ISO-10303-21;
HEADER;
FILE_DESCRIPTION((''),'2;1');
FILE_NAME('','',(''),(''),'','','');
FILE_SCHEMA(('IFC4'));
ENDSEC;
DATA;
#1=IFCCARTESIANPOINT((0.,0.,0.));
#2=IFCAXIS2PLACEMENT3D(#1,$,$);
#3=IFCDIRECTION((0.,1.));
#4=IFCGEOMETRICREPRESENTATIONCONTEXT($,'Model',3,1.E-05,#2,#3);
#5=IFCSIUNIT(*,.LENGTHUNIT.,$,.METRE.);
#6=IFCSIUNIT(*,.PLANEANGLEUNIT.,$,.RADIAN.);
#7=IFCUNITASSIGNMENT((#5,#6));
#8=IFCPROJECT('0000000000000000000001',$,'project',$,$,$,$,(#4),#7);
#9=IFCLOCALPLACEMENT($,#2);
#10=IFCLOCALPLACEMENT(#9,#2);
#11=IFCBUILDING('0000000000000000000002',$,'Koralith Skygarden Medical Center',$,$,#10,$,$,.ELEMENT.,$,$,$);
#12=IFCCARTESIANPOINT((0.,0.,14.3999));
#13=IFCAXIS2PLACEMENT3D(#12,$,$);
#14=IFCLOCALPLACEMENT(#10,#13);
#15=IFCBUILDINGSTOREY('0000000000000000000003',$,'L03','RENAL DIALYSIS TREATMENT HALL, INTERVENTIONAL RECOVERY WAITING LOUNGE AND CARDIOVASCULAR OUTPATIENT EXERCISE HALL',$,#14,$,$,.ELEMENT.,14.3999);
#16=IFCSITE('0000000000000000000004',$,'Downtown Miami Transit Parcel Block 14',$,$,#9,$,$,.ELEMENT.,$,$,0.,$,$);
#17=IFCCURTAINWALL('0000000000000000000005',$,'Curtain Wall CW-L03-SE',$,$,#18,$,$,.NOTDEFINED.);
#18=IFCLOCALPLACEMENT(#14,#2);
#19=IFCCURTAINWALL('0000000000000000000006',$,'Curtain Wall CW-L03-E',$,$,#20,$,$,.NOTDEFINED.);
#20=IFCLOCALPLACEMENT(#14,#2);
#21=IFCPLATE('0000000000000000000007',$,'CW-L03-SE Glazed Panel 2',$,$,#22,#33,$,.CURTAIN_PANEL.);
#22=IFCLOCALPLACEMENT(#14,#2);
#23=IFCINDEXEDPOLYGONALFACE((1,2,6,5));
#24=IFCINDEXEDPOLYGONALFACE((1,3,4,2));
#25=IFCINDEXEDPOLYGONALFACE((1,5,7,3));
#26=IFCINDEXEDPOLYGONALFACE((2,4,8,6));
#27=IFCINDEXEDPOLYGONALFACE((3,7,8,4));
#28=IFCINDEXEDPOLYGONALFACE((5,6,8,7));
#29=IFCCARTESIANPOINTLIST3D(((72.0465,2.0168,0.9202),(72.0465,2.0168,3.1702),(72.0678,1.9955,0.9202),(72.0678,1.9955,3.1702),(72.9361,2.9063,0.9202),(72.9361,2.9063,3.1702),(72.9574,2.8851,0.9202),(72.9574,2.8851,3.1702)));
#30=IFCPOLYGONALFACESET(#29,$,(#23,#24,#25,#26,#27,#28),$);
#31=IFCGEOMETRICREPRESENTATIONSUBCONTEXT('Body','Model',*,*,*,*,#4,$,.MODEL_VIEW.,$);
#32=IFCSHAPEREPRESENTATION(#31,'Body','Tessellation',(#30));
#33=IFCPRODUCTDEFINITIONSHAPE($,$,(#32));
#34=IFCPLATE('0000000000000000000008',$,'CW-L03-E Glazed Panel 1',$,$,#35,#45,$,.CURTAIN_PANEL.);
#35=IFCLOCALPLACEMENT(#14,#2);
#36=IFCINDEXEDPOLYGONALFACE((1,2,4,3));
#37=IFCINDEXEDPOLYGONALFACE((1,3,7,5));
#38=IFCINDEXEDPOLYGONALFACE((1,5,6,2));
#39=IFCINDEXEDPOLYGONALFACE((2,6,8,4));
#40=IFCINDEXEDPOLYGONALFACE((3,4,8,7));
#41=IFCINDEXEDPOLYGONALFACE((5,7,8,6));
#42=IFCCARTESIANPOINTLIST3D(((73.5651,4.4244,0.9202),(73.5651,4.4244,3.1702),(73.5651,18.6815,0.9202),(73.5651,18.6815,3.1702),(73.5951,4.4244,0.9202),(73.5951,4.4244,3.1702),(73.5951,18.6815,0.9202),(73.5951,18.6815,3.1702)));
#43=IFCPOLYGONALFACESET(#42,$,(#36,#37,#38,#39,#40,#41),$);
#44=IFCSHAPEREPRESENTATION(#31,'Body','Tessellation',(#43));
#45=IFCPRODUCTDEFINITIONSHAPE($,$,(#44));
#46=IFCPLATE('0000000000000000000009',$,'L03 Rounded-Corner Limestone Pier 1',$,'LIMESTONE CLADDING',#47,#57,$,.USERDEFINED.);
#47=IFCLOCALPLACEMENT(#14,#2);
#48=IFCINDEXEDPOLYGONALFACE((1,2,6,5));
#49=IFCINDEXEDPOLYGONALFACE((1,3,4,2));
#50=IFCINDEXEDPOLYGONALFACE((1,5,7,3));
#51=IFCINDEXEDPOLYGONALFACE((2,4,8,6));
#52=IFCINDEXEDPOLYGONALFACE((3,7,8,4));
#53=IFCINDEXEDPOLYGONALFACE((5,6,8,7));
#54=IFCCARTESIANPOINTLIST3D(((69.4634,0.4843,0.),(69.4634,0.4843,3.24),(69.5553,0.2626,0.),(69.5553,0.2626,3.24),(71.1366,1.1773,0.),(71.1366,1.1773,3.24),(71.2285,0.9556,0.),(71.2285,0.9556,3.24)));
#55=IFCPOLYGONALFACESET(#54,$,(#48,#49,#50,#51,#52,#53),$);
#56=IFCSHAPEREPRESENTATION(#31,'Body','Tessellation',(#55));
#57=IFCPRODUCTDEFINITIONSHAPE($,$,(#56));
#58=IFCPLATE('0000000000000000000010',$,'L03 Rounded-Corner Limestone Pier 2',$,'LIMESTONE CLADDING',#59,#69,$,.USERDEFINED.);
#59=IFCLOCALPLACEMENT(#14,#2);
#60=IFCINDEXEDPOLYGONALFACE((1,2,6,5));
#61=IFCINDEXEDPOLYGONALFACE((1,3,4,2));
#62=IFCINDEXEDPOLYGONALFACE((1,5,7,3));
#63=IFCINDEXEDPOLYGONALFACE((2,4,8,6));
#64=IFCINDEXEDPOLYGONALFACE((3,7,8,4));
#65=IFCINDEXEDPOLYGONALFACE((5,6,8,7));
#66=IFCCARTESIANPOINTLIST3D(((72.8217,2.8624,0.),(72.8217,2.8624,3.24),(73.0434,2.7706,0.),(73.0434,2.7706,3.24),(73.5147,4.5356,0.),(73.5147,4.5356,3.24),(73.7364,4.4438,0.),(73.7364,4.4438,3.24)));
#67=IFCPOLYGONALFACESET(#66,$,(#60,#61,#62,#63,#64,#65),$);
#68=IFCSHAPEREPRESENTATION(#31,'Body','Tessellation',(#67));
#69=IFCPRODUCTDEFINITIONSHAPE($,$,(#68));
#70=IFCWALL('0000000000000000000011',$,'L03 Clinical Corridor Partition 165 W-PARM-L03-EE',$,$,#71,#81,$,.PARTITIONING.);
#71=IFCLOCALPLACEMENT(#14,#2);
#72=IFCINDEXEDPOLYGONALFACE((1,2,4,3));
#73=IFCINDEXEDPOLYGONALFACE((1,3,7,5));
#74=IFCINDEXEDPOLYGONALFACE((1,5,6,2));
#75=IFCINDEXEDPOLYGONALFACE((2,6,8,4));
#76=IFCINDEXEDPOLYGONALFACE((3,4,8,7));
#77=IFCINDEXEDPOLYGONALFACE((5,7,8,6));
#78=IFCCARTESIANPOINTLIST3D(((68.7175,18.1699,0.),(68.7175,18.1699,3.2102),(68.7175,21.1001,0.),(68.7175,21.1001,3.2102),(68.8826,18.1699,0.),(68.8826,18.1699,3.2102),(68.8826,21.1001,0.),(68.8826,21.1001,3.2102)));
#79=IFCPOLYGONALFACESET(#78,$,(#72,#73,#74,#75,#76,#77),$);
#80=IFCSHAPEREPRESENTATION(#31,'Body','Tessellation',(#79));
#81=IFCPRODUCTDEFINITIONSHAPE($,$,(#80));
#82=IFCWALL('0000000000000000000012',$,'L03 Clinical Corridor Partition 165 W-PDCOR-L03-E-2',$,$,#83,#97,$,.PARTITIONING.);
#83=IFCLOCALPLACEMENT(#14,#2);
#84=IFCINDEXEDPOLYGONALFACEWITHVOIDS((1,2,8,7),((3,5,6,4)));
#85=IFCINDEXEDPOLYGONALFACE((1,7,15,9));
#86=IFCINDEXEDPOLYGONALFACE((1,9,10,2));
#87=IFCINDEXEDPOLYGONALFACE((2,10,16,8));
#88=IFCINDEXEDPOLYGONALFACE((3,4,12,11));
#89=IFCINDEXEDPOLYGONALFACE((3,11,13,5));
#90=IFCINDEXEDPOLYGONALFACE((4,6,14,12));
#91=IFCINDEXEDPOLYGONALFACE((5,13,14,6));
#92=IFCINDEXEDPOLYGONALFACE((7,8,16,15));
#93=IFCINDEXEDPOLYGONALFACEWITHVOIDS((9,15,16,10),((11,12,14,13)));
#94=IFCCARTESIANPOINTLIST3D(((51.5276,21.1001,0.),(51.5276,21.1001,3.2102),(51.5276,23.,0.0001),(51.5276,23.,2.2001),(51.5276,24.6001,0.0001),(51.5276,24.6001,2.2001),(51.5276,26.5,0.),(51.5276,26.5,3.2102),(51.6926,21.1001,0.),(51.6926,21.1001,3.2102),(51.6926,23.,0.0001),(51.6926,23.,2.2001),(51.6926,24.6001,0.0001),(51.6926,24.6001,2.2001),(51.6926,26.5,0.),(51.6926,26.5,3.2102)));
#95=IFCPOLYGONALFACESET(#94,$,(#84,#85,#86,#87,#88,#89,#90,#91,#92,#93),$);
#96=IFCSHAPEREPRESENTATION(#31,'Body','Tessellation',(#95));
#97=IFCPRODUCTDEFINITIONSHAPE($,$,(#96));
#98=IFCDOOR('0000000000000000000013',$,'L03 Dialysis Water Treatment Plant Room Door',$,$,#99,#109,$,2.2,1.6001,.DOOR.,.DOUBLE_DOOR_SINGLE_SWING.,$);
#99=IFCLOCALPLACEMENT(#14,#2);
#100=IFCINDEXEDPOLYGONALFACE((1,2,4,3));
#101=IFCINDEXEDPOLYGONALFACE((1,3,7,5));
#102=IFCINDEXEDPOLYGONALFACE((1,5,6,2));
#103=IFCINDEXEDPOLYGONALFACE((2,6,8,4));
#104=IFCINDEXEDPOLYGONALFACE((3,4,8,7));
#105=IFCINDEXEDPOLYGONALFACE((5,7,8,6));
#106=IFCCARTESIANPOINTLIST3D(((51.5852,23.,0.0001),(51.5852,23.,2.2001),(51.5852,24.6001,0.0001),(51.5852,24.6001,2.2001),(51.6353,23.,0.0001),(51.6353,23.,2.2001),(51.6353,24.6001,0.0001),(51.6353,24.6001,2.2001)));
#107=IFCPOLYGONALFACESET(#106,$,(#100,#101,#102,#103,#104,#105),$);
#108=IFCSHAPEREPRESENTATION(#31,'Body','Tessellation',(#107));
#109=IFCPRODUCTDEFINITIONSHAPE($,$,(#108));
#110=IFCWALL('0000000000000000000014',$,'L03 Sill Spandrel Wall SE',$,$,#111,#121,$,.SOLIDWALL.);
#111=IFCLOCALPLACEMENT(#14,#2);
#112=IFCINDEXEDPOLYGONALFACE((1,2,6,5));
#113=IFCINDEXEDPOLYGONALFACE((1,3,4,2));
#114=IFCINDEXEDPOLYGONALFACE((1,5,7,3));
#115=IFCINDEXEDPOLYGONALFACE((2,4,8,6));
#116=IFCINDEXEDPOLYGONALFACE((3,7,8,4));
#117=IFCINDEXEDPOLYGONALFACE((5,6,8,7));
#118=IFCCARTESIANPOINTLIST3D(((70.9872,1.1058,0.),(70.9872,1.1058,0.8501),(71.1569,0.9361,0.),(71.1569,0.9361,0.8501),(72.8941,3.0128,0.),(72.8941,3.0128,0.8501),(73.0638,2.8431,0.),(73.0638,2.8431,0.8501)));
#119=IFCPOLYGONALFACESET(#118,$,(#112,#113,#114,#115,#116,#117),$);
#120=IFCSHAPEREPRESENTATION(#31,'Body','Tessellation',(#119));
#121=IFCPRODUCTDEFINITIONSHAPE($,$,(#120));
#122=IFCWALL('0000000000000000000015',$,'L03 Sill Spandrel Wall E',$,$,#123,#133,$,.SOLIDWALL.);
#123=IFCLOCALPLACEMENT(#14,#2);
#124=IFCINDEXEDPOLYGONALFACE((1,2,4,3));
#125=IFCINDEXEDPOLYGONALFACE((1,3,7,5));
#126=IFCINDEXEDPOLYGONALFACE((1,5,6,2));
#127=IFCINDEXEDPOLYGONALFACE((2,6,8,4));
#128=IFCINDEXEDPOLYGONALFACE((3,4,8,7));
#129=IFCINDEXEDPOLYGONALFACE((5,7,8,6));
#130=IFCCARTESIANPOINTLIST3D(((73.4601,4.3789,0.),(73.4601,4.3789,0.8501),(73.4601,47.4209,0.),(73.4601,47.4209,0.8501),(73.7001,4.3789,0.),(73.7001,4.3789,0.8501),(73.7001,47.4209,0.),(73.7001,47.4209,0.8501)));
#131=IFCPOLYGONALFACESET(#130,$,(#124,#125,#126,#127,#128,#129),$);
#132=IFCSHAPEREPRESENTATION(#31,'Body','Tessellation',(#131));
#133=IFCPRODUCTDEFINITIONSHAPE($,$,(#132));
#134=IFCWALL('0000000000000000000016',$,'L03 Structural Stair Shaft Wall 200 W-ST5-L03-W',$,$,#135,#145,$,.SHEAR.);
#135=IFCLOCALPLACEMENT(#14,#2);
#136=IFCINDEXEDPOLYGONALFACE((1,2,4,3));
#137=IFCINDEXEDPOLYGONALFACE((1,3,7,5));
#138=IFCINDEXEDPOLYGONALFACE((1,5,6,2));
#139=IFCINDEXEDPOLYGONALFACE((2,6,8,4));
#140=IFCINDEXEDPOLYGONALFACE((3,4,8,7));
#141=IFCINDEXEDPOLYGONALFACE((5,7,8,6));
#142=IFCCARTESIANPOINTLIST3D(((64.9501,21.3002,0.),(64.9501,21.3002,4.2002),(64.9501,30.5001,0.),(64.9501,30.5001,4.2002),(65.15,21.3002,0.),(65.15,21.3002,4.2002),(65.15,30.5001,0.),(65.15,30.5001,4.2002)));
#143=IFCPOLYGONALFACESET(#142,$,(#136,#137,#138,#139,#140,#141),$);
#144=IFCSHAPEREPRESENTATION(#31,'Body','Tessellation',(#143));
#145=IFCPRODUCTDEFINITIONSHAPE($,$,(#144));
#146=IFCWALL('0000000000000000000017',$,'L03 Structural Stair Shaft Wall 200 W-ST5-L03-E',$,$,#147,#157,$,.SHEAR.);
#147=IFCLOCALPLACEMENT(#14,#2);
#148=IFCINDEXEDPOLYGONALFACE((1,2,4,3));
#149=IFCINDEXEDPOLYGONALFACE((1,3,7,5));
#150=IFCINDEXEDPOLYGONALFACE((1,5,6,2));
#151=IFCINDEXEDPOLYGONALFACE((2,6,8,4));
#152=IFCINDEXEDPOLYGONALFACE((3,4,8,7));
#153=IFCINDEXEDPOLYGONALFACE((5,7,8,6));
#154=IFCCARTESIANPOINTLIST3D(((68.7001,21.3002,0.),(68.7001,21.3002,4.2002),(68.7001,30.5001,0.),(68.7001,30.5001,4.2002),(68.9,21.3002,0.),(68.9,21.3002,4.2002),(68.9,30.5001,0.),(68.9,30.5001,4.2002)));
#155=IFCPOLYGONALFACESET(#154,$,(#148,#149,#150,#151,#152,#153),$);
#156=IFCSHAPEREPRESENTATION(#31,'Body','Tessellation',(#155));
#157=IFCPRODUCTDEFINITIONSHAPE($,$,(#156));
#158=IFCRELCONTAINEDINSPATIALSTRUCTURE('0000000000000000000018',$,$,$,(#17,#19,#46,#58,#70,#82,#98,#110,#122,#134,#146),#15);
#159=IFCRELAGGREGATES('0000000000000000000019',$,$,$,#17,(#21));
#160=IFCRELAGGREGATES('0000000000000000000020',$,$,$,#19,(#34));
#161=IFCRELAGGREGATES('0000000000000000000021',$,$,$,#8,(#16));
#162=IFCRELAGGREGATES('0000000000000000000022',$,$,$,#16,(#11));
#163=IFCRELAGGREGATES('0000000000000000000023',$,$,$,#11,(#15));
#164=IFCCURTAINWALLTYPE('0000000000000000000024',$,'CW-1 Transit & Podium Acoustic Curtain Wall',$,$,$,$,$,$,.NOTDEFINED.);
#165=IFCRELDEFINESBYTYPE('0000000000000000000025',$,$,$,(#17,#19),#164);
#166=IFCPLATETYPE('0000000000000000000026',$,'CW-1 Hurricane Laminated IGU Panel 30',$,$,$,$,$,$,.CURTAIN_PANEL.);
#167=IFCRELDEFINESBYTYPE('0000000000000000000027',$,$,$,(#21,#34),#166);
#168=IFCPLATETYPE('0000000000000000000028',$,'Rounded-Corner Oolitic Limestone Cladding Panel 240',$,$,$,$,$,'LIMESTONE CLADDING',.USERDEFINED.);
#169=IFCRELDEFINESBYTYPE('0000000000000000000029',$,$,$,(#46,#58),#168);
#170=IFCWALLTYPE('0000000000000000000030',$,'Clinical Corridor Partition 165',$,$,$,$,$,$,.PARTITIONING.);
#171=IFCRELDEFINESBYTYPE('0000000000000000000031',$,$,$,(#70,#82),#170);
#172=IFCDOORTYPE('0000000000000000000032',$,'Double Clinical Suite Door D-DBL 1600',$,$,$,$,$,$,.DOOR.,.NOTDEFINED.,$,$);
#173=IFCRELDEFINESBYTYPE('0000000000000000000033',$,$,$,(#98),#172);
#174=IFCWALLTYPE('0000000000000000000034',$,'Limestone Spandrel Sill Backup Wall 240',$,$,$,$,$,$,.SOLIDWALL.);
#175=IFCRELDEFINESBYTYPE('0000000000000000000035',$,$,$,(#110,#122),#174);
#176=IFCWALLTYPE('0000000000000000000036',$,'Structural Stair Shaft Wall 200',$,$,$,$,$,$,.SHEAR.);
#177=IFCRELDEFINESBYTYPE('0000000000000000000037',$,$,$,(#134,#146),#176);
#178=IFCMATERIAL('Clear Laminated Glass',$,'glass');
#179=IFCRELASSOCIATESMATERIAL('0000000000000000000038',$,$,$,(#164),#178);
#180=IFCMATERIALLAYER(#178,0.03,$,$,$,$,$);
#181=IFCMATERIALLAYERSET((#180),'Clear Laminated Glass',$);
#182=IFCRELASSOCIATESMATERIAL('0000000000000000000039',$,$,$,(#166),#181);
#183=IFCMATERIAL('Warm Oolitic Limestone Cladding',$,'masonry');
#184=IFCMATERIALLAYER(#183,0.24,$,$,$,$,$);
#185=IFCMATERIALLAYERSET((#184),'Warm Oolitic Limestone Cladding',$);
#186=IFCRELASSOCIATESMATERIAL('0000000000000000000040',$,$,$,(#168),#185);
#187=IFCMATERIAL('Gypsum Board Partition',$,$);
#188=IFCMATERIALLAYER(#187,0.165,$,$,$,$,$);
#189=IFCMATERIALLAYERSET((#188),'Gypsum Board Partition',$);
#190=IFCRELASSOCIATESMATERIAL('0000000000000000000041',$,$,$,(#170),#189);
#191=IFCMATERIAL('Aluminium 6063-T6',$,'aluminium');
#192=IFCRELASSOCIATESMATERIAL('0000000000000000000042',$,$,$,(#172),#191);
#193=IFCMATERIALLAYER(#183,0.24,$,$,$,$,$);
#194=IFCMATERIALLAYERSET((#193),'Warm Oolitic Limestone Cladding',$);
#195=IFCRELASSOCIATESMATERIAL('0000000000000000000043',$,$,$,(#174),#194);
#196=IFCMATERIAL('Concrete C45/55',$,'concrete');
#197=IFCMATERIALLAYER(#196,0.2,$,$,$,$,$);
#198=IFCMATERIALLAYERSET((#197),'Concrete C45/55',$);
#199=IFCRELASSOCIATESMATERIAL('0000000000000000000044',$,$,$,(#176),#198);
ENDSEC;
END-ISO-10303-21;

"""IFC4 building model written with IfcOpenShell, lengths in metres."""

from ifc_helpers import new_model, si_unit, direction, frame, frame_2d, origin, origin_2d, place, context, subcontext, project, spatial, rectangle, extrude, material, layer, layer_set, type_object, element, fill, aggregate, save


model = new_model("IFC4")

# Units and contexts
model_context = context("Model", 3, precision=1e-05, world=origin(), true_north=direction((0.0, 1.0)))
body_context = subcontext(model_context, "Body", "Model", "MODEL_VIEW")
ifc_project = project(units=[si_unit("LENGTHUNIT", "METRE"), si_unit("PLANEANGLEUNIT", "RADIAN")], contexts=[model_context])

# Site, building, storey
site_placement = place(None, origin())
site = spatial("IfcSite", under=ifc_project, at=site_placement, Name="Downtown Miami Transit Parcel Block 14", CompositionType="ELEMENT", RefElevation=0.0)
building_placement = place(site_placement, origin())
building = spatial("IfcBuilding", under=site, at=building_placement, Name="Koralith Skygarden Medical Center", CompositionType="ELEMENT")
storey_placement = place(building_placement, frame((0.0, 0.0, 14.3999)))
storey = spatial("IfcBuildingStorey", under=building, at=storey_placement, Name="L03", Description="RENAL DIALYSIS TREATMENT HALL, INTERVENTIONAL RECOVERY WAITING LOUNGE AND CARDIOVASCULAR OUTPATIENT EXERCISE HALL", CompositionType="ELEMENT", Elevation=14.3999)

# Shared definitions
ifc_material_1 = material(Name="Clear Laminated Glass", Category="glass")
curtain_wall_type = type_object("IfcCurtainWallType", Name="CW-1 Transit & Podium Acoustic Curtain Wall", PredefinedType="NOTDEFINED", material=ifc_material_1)
ifc_material_2 = material(Name="Aluminium 6063-T6", Category="aluminium")

# Curtain walls
curtain_wall_1_placement = place(storey_placement, origin())
curtain_wall_1 = element("IfcCurtainWall", 1, at=curtain_wall_1_placement, inside=storey, type_object=curtain_wall_type, Name="Curtain Wall CW-L03-SE", PredefinedType="NOTDEFINED")
curtain_wall_2_placement = place(storey_placement, origin())
curtain_wall_2 = element("IfcCurtainWall", 2, at=curtain_wall_2_placement, inside=storey, type_object=curtain_wall_type, Name="Curtain Wall CW-L03-E", PredefinedType="NOTDEFINED")

# Plates
ifc_layer_1 = layer(ifc_material_1, 0.03)
ifc_layer_set_1 = layer_set([ifc_layer_1], Name="Clear Laminated Glass")
plate_type_1 = type_object("IfcPlateType", Name="CW-1 Hurricane Laminated IGU Panel 30", PredefinedType="CURTAIN_PANEL", material=ifc_layer_set_1)
plate_1_placement = place(storey_placement, frame((72.502, 2.4509, 0.9202), z_axis=(0.0, 0.0, 1.0), x_axis=(0.707107, 0.707107, 0.0)))
plate_1 = element("IfcPlate", 3, at=plate_1_placement, type_object=plate_type_1, Name="CW-L03-SE Glazed Panel 2", PredefinedType="CURTAIN_PANEL", context=body_context, shape_type="SweptSolid", body=[
    extrude(rectangle(XDim=1.2581, YDim=0.03, at=origin_2d()), origin(), (0.0, 0.0, 1.0), 2.25),
])
aggregate(curtain_wall_1, [plate_1])
plate_2_placement = place(storey_placement, frame((73.5801, 11.553, 0.9202), z_axis=(0.0, 0.0, 1.0), x_axis=(0.0, 1.0, 0.0)))
plate_2 = element("IfcPlate", 4, at=plate_2_placement, type_object=plate_type_1, Name="CW-L03-E Glazed Panel 1", PredefinedType="CURTAIN_PANEL", context=body_context, shape_type="SweptSolid", body=[
    extrude(rectangle(XDim=14.2571, YDim=0.03, at=origin_2d()), origin(), (0.0, 0.0, 1.0), 2.25),
])
aggregate(curtain_wall_2, [plate_2])

# Plates
ifc_material_3 = material(Name="Warm Oolitic Limestone Cladding", Category="masonry")
ifc_layer_2 = layer(ifc_material_3, 0.24)
ifc_layer_set_2 = layer_set([ifc_layer_2], Name="Warm Oolitic Limestone Cladding")
plate_type_2 = type_object("IfcPlateType", Name="Rounded-Corner Oolitic Limestone Cladding Panel 240", ElementType="LIMESTONE CLADDING", PredefinedType="USERDEFINED", material=ifc_layer_set_2)
for number, where, z_axis, x_axis, name in (
    (5, (70.3459, 0.72, 0.0), (0.0, 0.0, 1.0), (0.923885, 0.382671, 0.0), "L03 Rounded-Corner Limestone Pier 1"),
    (6, (73.2791, 3.6531, 0.0), (0.0, 0.0, 1.0), (0.382671, 0.923885, 0.0), "L03 Rounded-Corner Limestone Pier 2"),
):
    element("IfcPlate", number, at=place(storey_placement, frame(where, z_axis=z_axis, x_axis=x_axis)), inside=storey, type_object=plate_type_2, Name=name, ObjectType="LIMESTONE CLADDING", PredefinedType="USERDEFINED", context=body_context, shape_type="SweptSolid", body=[
        extrude(rectangle(XDim=1.811, YDim=0.24, at=origin_2d()), origin(), (0.0, 0.0, 1.0), 3.24),
    ])

# Wall
ifc_material_4 = material(Name="Gypsum Board Partition")
ifc_layer_3 = layer(ifc_material_4, 0.165)
ifc_layer_set_3 = layer_set([ifc_layer_3], Name="Gypsum Board Partition")
wall_type_1 = type_object("IfcWallType", Name="Clinical Corridor Partition 165", PredefinedType="PARTITIONING", material=ifc_layer_set_3)
wall_1_placement = place(storey_placement, frame((68.8, 18.1699, 0.0), z_axis=(0.0, 0.0, 1.0), x_axis=(0.0, 1.0, 0.0)))
element("IfcWall", 7, at=wall_1_placement, inside=storey, type_object=wall_type_1, Name="L03 Clinical Corridor Partition 165 W-PARM-L03-EE", PredefinedType="PARTITIONING", context=body_context, shape_type="SweptSolid", body=[
    extrude(rectangle(XDim=2.9302, YDim=0.165, at=frame_2d((1.4651, 0.0))), origin(), (0.0, 0.0, 1.0), 3.2102),
])

# Wall, opening, door
wall_2_placement = place(storey_placement, frame((51.6101, 21.1001, 0.0), z_axis=(0.0, 0.0, 1.0), x_axis=(0.0, 1.0, 0.0)))
wall_2 = element("IfcWall", 8, at=wall_2_placement, inside=storey, type_object=wall_type_1, Name="L03 Clinical Corridor Partition 165 W-PDCOR-L03-E-2", PredefinedType="PARTITIONING", context=body_context, shape_type="SweptSolid", body=[
    extrude(rectangle(XDim=5.3999, YDim=0.165, at=frame_2d((2.7, 0.0))), origin(), (0.0, 0.0, 1.0), 3.2102),
])
opening_1_placement = place(wall_2_placement, frame((1.8999, 0.0, 0.0)))
opening_1 = element("IfcOpeningElement", 9, at=opening_1_placement, cuts=wall_2, PredefinedType="OPENING", context=body_context, shape_type="SweptSolid", body=[
    extrude(rectangle(XDim=1.6001, YDim=2.2, at=frame_2d((0.8, 1.1001))), frame((0.0, 0.0925, 0.0), z_axis=(0.0, -1.0, 0.0), x_axis=(1.0, 0.0, 0.0)), (0.0, 0.0, 1.0), 0.1851),
])
door_type_1 = type_object("IfcDoorType", Name="Double Clinical Suite Door D-DBL 1600", OperationType="NOTDEFINED", PredefinedType="DOOR", material=ifc_material_2)
door_1_placement = place(opening_1_placement, origin())
door_1 = element("IfcDoor", 10, at=door_1_placement, inside=storey, type_object=door_type_1, Name="L03 Dialysis Water Treatment Plant Room Door", OperationType="DOUBLE_DOOR_SINGLE_SWING", OverallHeight=2.2, OverallWidth=1.6001, PredefinedType="DOOR", context=body_context, shape_type="SweptSolid", body=[
    extrude(rectangle(XDim=1.6001, YDim=2.2, at=frame_2d((0.8, 1.1001))), frame((0.0, 0.0249, 0.0), z_axis=(0.0, -1.0, 0.0), x_axis=(1.0, 0.0, 0.0)), (0.0, 0.0, 1.0), 0.05),
])
fill(opening_1, door_1)

# Walls
ifc_layer_4 = layer(ifc_material_3, 0.24)
ifc_layer_set_4 = layer_set([ifc_layer_4], Name="Warm Oolitic Limestone Cladding")
wall_type_2 = type_object("IfcWallType", Name="Limestone Spandrel Sill Backup Wall 240", PredefinedType="SOLIDWALL", material=ifc_layer_set_4)
wall_3_placement = place(storey_placement, frame((71.072, 1.021, 0.0), z_axis=(0.0, 0.0, 1.0), x_axis=(0.707107, 0.707107, 0.0)))
element("IfcWall", 11, at=wall_3_placement, inside=storey, type_object=wall_type_2, Name="L03 Sill Spandrel Wall SE", PredefinedType="SOLIDWALL", context=body_context, shape_type="SweptSolid", body=[
    extrude(rectangle(XDim=2.6968, YDim=0.24, at=frame_2d((1.3484, 0.0))), origin(), (0.0, 0.0, 1.0), 0.8501),
])
wall_4_placement = place(storey_placement, frame((73.5801, 4.3789, 0.0), z_axis=(0.0, 0.0, 1.0), x_axis=(0.0, 1.0, 0.0)))
element("IfcWall", 12, at=wall_4_placement, inside=storey, type_object=wall_type_2, Name="L03 Sill Spandrel Wall E", PredefinedType="SOLIDWALL", context=body_context, shape_type="SweptSolid", body=[
    extrude(rectangle(XDim=43.042, YDim=0.24, at=frame_2d((21.521, 0.0))), origin(), (0.0, 0.0, 1.0), 0.8501),
])

# Shared definitions
ifc_material_5 = material(Name="Concrete C45/55", Category="concrete")
ifc_layer_5 = layer(ifc_material_5, 0.2)
ifc_layer_set_5 = layer_set([ifc_layer_5], Name="Concrete C45/55")
wall_type_3 = type_object("IfcWallType", Name="Structural Stair Shaft Wall 200", PredefinedType="SHEAR", material=ifc_layer_set_5)

# Walls
for number, where, z_axis, x_axis, name in (
    (13, (65.05, 21.3, 0.0), (0.0, 0.0, 1.0), (0.0, 1.0, 0.0), "L03 Structural Stair Shaft Wall 200 W-ST5-L03-W"),
    (14, (68.8, 21.3, 0.0), (0.0, 0.0, 1.0), (0.0, 1.0, 0.0), "L03 Structural Stair Shaft Wall 200 W-ST5-L03-E"),
):
    element("IfcWall", number, at=place(storey_placement, frame(where, z_axis=z_axis, x_axis=x_axis)), inside=storey, type_object=wall_type_3, Name=name, PredefinedType="SHEAR", context=body_context, shape_type="SweptSolid", body=[
        extrude(rectangle(XDim=9.2, YDim=0.2, at=frame_2d((4.6001, 0.0))), origin(), (0.0, 0.0, 1.0), 4.2002),
    ])

save(model, "model.ifc")
